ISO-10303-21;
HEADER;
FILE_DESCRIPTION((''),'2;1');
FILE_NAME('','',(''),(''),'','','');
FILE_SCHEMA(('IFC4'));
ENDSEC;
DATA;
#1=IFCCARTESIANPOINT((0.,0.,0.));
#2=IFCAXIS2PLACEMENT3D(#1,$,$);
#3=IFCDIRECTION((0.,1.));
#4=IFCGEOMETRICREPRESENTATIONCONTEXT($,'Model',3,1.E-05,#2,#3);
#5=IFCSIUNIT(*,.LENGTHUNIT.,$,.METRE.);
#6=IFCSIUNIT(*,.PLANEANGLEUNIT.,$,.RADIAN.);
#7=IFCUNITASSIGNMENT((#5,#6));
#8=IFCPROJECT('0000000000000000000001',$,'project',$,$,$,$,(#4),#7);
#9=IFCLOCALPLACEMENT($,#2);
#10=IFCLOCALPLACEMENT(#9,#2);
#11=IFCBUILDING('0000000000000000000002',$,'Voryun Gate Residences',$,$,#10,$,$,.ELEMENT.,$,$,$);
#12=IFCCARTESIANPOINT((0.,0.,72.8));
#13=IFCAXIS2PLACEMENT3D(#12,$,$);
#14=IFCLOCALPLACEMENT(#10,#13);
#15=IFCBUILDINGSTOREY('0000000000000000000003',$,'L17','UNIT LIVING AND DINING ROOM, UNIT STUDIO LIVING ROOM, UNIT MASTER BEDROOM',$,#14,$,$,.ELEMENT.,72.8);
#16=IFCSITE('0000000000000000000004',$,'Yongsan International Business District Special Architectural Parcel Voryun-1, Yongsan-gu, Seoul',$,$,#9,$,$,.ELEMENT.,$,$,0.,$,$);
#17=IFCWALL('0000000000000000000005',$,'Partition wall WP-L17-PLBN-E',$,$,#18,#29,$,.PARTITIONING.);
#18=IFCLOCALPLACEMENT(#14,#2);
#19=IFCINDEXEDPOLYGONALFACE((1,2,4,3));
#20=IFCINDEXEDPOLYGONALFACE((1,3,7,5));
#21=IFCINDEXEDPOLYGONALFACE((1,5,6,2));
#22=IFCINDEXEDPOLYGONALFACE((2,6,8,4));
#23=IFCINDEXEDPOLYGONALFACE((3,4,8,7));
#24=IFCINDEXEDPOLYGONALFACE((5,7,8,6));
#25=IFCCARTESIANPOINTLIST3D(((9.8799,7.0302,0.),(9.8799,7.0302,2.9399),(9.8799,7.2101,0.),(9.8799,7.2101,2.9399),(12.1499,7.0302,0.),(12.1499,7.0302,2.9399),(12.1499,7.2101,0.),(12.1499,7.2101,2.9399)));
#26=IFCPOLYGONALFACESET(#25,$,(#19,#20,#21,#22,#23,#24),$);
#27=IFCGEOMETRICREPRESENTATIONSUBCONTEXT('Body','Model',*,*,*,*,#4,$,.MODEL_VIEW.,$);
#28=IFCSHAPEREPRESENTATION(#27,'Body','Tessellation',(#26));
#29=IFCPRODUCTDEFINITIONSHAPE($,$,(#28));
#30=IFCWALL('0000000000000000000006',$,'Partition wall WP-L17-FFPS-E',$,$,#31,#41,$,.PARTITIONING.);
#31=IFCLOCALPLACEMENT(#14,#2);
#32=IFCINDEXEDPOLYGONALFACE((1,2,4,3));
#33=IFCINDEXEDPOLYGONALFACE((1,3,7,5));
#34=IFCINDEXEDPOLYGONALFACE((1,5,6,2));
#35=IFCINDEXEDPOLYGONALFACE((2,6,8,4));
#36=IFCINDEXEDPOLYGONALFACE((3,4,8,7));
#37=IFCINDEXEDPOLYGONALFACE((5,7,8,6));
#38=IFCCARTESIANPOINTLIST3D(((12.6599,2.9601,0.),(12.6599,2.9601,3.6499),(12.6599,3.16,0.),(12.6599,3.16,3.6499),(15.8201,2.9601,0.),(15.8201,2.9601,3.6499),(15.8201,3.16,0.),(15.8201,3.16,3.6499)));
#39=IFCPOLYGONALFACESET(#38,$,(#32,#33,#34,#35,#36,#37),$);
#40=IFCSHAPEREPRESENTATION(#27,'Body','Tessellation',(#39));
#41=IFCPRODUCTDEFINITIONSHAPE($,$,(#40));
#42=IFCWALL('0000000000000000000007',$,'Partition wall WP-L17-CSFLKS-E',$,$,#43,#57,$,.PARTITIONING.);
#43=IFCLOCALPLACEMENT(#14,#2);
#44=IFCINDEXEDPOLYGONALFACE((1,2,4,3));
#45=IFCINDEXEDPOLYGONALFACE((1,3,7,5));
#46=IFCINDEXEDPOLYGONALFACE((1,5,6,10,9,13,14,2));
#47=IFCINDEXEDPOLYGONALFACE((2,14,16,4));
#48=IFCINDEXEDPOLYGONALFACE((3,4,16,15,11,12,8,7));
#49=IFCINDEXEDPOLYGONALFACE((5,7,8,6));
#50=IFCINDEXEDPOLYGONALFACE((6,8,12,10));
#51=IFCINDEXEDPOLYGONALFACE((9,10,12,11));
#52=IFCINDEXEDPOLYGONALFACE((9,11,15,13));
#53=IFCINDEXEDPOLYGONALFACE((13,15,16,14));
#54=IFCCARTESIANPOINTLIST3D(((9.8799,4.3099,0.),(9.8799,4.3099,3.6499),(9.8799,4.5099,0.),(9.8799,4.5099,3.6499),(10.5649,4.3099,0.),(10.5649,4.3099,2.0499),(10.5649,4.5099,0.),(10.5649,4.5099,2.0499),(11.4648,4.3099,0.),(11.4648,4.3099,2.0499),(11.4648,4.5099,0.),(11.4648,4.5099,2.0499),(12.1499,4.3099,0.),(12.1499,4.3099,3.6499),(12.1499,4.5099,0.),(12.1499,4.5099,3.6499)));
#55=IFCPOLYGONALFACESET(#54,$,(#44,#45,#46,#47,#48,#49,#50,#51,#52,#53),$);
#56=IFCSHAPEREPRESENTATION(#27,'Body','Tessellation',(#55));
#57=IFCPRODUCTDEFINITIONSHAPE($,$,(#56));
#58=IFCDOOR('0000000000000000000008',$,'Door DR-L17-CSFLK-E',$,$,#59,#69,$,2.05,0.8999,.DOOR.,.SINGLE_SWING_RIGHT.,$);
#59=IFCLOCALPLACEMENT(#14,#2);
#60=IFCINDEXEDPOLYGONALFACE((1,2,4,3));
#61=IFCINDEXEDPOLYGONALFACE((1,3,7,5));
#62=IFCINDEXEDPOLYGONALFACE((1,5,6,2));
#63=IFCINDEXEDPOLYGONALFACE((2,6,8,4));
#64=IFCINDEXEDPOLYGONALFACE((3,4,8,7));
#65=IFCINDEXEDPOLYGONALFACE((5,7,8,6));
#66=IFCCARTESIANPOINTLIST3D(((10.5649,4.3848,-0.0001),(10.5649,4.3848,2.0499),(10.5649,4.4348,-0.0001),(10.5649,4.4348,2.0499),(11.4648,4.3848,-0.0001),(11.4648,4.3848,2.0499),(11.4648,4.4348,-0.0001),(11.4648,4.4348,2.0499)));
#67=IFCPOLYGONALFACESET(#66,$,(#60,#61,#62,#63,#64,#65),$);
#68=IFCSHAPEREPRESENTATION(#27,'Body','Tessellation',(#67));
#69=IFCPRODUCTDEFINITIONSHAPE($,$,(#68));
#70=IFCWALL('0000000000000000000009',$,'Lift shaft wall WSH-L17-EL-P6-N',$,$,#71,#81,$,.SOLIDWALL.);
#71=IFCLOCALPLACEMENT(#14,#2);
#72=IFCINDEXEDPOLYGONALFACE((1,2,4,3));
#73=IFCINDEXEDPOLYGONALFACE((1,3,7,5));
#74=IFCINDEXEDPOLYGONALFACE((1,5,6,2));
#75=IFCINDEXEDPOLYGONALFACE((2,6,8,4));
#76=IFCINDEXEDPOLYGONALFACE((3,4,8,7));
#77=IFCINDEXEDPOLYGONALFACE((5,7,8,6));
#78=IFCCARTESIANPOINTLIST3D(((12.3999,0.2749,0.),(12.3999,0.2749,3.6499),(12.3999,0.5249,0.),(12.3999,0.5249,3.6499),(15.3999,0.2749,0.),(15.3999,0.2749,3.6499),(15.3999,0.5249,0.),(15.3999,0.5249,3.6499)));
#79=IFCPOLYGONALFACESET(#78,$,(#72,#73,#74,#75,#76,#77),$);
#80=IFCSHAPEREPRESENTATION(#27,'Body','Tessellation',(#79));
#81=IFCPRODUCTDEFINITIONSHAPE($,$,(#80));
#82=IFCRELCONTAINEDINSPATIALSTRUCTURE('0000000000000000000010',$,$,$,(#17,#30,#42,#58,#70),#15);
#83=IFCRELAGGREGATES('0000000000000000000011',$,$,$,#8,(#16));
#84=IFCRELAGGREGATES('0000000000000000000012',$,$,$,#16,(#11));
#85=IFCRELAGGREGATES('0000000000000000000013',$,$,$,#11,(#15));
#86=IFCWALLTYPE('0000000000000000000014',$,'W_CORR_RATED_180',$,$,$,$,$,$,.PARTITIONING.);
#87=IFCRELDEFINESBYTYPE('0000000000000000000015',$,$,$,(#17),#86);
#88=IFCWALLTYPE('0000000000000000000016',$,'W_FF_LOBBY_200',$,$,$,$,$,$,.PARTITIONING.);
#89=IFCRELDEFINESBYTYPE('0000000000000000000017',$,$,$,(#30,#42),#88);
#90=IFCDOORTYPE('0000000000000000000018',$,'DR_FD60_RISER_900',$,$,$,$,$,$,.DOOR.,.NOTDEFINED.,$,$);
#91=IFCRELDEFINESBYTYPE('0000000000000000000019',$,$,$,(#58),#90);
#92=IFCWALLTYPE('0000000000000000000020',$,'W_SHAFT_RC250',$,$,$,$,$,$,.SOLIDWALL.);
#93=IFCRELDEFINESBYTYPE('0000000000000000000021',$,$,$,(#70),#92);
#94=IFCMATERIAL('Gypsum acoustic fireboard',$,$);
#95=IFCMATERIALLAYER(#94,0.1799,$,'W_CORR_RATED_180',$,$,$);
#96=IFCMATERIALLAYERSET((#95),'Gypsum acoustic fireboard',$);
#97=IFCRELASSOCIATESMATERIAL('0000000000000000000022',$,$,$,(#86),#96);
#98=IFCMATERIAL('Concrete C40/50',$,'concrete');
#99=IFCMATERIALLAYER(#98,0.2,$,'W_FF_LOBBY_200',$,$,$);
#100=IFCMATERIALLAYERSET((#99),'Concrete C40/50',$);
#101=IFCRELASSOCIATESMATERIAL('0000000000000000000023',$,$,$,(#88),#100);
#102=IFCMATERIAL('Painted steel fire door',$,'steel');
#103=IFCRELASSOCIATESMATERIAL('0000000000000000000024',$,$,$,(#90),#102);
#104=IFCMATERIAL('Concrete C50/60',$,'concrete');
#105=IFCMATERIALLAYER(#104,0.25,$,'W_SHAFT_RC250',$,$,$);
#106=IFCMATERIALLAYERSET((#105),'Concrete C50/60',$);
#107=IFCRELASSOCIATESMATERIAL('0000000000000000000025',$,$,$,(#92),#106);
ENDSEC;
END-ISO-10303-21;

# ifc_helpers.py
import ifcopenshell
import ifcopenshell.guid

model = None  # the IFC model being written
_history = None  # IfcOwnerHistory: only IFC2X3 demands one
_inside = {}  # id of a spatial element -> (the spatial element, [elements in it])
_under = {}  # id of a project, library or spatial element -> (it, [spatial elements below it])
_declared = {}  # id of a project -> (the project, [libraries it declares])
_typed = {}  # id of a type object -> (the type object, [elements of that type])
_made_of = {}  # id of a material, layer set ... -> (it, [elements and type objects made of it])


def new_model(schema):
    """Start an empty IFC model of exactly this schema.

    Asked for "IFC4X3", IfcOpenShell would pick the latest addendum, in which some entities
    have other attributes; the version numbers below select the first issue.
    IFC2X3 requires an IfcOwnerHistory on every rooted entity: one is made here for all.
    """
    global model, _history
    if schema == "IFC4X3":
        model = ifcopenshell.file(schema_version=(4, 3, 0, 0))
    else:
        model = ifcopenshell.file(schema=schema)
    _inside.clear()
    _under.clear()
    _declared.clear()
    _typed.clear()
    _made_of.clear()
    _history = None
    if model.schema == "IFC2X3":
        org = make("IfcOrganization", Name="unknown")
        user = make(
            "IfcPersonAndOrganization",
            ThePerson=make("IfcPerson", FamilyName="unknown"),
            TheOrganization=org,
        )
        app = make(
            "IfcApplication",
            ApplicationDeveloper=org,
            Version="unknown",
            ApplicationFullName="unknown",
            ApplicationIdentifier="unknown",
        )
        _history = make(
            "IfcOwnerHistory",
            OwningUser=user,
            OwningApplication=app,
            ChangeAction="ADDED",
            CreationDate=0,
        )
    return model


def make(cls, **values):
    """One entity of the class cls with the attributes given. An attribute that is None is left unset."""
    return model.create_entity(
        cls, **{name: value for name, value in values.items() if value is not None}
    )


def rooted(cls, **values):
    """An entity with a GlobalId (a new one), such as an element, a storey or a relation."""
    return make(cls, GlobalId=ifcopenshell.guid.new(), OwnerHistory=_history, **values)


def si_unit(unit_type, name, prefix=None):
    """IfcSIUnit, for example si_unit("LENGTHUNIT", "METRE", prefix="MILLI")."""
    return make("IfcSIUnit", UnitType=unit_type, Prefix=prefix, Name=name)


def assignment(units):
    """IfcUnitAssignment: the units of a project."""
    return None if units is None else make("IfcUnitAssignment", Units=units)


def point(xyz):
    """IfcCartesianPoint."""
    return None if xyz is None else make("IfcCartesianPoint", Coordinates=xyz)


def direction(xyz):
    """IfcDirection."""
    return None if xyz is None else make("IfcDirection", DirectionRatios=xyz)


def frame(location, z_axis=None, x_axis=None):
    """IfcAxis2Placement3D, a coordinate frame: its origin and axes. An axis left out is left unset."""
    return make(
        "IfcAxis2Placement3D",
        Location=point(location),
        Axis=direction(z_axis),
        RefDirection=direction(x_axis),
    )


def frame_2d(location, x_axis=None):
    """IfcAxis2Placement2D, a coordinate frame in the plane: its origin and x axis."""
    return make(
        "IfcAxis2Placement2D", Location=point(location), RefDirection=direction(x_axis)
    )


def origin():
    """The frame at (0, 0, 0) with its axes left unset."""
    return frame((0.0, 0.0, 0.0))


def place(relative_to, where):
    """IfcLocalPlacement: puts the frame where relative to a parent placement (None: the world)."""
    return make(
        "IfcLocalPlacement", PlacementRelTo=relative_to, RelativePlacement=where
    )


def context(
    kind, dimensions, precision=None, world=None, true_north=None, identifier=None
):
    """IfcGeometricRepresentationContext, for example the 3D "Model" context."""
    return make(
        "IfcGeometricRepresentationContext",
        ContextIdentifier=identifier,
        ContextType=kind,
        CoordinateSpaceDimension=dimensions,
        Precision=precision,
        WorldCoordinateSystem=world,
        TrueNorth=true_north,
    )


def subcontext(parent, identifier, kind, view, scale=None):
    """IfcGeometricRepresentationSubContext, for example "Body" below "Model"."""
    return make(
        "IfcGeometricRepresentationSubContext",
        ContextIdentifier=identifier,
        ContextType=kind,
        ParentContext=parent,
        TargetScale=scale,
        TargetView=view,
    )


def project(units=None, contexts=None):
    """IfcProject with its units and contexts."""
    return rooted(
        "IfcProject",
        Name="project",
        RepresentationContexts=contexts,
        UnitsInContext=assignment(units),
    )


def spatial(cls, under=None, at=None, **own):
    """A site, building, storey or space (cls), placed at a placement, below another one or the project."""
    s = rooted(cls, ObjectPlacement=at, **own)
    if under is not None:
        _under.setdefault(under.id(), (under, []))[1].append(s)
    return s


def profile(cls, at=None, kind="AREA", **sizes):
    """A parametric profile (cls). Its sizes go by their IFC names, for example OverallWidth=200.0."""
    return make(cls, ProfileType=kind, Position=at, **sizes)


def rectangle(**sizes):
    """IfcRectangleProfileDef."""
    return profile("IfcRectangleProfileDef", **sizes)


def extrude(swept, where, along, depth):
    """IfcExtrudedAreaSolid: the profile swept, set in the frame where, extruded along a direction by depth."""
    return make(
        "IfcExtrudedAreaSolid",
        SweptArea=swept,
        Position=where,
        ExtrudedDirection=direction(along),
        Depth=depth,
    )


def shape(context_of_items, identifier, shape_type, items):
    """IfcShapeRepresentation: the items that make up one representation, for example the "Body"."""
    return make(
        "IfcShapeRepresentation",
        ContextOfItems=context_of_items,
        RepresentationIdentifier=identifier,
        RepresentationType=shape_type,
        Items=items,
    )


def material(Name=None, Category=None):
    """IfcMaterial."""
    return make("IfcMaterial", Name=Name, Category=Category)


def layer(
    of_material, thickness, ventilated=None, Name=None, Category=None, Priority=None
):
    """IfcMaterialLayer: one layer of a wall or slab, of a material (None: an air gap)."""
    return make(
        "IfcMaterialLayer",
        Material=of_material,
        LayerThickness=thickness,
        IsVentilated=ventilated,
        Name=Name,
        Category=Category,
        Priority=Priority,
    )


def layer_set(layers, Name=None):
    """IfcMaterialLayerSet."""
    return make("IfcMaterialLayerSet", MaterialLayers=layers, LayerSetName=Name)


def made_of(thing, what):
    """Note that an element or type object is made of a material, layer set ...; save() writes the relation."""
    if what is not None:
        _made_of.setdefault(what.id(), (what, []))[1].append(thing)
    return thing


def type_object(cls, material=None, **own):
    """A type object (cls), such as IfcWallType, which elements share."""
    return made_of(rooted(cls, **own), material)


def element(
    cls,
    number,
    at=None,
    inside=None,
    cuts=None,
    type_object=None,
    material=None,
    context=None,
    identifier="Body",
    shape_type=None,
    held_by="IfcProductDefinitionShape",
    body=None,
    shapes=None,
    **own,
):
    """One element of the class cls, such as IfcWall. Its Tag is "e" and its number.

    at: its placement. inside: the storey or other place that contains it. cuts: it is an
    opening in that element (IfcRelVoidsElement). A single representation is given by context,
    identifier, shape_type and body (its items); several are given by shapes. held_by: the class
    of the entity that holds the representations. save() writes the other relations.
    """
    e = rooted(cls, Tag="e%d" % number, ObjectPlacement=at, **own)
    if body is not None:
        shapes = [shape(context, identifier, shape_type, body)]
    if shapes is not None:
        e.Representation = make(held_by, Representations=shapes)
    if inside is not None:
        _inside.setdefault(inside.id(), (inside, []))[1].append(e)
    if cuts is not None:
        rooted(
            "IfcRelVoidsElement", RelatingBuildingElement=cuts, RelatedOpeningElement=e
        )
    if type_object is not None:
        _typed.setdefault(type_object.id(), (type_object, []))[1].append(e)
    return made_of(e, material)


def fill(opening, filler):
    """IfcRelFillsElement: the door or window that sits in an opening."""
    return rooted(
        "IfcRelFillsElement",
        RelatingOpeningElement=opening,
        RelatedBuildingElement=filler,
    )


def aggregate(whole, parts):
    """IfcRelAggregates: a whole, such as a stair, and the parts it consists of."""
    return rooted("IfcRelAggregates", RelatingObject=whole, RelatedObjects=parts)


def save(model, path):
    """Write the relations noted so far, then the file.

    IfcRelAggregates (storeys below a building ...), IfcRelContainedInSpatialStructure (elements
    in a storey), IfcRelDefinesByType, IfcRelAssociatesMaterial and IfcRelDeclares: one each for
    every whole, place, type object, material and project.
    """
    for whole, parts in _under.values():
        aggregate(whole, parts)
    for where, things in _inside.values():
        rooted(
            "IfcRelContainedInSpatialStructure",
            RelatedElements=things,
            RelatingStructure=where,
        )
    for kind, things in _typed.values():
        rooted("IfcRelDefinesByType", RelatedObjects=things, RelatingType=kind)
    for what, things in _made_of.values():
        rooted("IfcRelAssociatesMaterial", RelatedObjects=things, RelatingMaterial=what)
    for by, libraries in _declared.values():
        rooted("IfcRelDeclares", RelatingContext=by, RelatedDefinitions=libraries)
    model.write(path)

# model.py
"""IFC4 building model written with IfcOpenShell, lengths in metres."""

from ifc_helpers import new_model, si_unit, direction, frame, frame_2d, origin, place, context, subcontext, project, spatial, rectangle, extrude, material, layer, layer_set, type_object, element, fill, save


model = new_model("IFC4")

# Units and contexts
model_context = context("Model", 3, precision=1e-05, world=origin(), true_north=direction((0.0, 1.0)))
body_context = subcontext(model_context, "Body", "Model", "MODEL_VIEW")
ifc_project = project(units=[si_unit("LENGTHUNIT", "METRE"), si_unit("PLANEANGLEUNIT", "RADIAN")], contexts=[model_context])

# Site, building, storey
site_placement = place(None, origin())
site = spatial("IfcSite", under=ifc_project, at=site_placement, Name="Yongsan International Business District Special Architectural Parcel Voryun-1, Yongsan-gu, Seoul", CompositionType="ELEMENT", RefElevation=0.0)
building_placement = place(site_placement, origin())
building = spatial("IfcBuilding", under=site, at=building_placement, Name="Voryun Gate Residences", CompositionType="ELEMENT")
storey_placement = place(building_placement, frame((0.0, 0.0, 72.8)))
storey = spatial("IfcBuildingStorey", under=building, at=storey_placement, Name="L17", Description="UNIT LIVING AND DINING ROOM, UNIT STUDIO LIVING ROOM, UNIT MASTER BEDROOM", CompositionType="ELEMENT", Elevation=72.8)

# Walls
ifc_material_1 = material(Name="Gypsum acoustic fireboard")
ifc_layer_1 = layer(ifc_material_1, 0.1799, Name="W_CORR_RATED_180")
ifc_layer_set_1 = layer_set([ifc_layer_1], Name="Gypsum acoustic fireboard")
wall_type_1 = type_object("IfcWallType", Name="W_CORR_RATED_180", PredefinedType="PARTITIONING", material=ifc_layer_set_1)
wall_1_placement = place(storey_placement, frame((9.8799, 7.1201, 0.0), z_axis=(0.0, 0.0, 1.0), x_axis=(1.0, 0.0, 0.0)))
element("IfcWall", 1, at=wall_1_placement, inside=storey, type_object=wall_type_1, Name="Partition wall WP-L17-PLBN-E", PredefinedType="PARTITIONING", context=body_context, shape_type="SweptSolid", body=[
    extrude(rectangle(XDim=2.27, YDim=0.1799, at=frame_2d((1.135, 0.0))), origin(), (0.0, 0.0, 1.0), 2.9399),
])
ifc_material_2 = material(Name="Concrete C40/50", Category="concrete")
ifc_layer_2 = layer(ifc_material_2, 0.2, Name="W_FF_LOBBY_200")
ifc_layer_set_2 = layer_set([ifc_layer_2], Name="Concrete C40/50")
wall_type_2 = type_object("IfcWallType", Name="W_FF_LOBBY_200", PredefinedType="PARTITIONING", material=ifc_layer_set_2)
wall_2_placement = place(storey_placement, frame((12.6599, 3.0601, 0.0), z_axis=(0.0, 0.0, 1.0), x_axis=(1.0, 0.0, 0.0)))
element("IfcWall", 2, at=wall_2_placement, inside=storey, type_object=wall_type_2, Name="Partition wall WP-L17-FFPS-E", PredefinedType="PARTITIONING", context=body_context, shape_type="SweptSolid", body=[
    extrude(rectangle(XDim=3.1602, YDim=0.2, at=frame_2d((1.5801, 0.0))), origin(), (0.0, 0.0, 1.0), 3.6499),
])

# Wall, opening, door
wall_3_placement = place(storey_placement, frame((9.8799, 4.4099, 0.0), z_axis=(0.0, 0.0, 1.0), x_axis=(1.0, 0.0, 0.0)))
wall_3 = element("IfcWall", 3, at=wall_3_placement, inside=storey, type_object=wall_type_2, Name="Partition wall WP-L17-CSFLKS-E", PredefinedType="PARTITIONING", context=body_context, shape_type="SweptSolid", body=[
    extrude(rectangle(XDim=2.27, YDim=0.2, at=frame_2d((1.135, 0.0))), origin(), (0.0, 0.0, 1.0), 3.6499),
])
opening_placement = place(wall_3_placement, frame((0.6851, 0.0, 0.0)))
opening = element("IfcOpeningElement", 4, at=opening_placement, cuts=wall_3, PredefinedType="OPENING", context=body_context, shape_type="SweptSolid", body=[
    extrude(rectangle(XDim=0.8999, YDim=2.05, at=frame_2d((0.45, 1.0249))), frame((0.0, 0.1101, 0.0), z_axis=(0.0, -1.0, 0.0), x_axis=(1.0, 0.0, 0.0)), (0.0, 0.0, 1.0), 0.22),
])
ifc_material_3 = material(Name="Painted steel fire door", Category="steel")
door_type = type_object("IfcDoorType", Name="DR_FD60_RISER_900", OperationType="NOTDEFINED", PredefinedType="DOOR", material=ifc_material_3)
door_placement = place(opening_placement, origin())
door = element("IfcDoor", 5, at=door_placement, inside=storey, type_object=door_type, Name="Door DR-L17-CSFLK-E", OperationType="SINGLE_SWING_RIGHT", OverallHeight=2.05, OverallWidth=0.8999, PredefinedType="DOOR", context=body_context, shape_type="SweptSolid", body=[
    extrude(rectangle(XDim=0.8999, YDim=2.05, at=frame_2d((0.45, 1.0249))), frame((0.0, 0.0249, 0.0), z_axis=(0.0, -1.0, 0.0), x_axis=(1.0, 0.0, 0.0)), (0.0, 0.0, 1.0), 0.05),
])
fill(opening, door)

# Wall
ifc_material_4 = material(Name="Concrete C50/60", Category="concrete")
ifc_layer_3 = layer(ifc_material_4, 0.25, Name="W_SHAFT_RC250")
ifc_layer_set_3 = layer_set([ifc_layer_3], Name="Concrete C50/60")
wall_type_3 = type_object("IfcWallType", Name="W_SHAFT_RC250", PredefinedType="SOLIDWALL", material=ifc_layer_set_3)
wall_4_placement = place(storey_placement, frame((15.3999, 0.3999, 0.0), z_axis=(0.0, 0.0, 1.0), x_axis=(-1.0, 0.0, 0.0)))
element("IfcWall", 6, at=wall_4_placement, inside=storey, type_object=wall_type_3, Name="Lift shaft wall WSH-L17-EL-P6-N", PredefinedType="SOLIDWALL", context=body_context, shape_type="SweptSolid", body=[
    extrude(rectangle(XDim=3.0, YDim=0.25, at=frame_2d((1.5, 0.0))), origin(), (0.0, 0.0, 1.0), 3.6499),
])

save(model, "model.ifc")
